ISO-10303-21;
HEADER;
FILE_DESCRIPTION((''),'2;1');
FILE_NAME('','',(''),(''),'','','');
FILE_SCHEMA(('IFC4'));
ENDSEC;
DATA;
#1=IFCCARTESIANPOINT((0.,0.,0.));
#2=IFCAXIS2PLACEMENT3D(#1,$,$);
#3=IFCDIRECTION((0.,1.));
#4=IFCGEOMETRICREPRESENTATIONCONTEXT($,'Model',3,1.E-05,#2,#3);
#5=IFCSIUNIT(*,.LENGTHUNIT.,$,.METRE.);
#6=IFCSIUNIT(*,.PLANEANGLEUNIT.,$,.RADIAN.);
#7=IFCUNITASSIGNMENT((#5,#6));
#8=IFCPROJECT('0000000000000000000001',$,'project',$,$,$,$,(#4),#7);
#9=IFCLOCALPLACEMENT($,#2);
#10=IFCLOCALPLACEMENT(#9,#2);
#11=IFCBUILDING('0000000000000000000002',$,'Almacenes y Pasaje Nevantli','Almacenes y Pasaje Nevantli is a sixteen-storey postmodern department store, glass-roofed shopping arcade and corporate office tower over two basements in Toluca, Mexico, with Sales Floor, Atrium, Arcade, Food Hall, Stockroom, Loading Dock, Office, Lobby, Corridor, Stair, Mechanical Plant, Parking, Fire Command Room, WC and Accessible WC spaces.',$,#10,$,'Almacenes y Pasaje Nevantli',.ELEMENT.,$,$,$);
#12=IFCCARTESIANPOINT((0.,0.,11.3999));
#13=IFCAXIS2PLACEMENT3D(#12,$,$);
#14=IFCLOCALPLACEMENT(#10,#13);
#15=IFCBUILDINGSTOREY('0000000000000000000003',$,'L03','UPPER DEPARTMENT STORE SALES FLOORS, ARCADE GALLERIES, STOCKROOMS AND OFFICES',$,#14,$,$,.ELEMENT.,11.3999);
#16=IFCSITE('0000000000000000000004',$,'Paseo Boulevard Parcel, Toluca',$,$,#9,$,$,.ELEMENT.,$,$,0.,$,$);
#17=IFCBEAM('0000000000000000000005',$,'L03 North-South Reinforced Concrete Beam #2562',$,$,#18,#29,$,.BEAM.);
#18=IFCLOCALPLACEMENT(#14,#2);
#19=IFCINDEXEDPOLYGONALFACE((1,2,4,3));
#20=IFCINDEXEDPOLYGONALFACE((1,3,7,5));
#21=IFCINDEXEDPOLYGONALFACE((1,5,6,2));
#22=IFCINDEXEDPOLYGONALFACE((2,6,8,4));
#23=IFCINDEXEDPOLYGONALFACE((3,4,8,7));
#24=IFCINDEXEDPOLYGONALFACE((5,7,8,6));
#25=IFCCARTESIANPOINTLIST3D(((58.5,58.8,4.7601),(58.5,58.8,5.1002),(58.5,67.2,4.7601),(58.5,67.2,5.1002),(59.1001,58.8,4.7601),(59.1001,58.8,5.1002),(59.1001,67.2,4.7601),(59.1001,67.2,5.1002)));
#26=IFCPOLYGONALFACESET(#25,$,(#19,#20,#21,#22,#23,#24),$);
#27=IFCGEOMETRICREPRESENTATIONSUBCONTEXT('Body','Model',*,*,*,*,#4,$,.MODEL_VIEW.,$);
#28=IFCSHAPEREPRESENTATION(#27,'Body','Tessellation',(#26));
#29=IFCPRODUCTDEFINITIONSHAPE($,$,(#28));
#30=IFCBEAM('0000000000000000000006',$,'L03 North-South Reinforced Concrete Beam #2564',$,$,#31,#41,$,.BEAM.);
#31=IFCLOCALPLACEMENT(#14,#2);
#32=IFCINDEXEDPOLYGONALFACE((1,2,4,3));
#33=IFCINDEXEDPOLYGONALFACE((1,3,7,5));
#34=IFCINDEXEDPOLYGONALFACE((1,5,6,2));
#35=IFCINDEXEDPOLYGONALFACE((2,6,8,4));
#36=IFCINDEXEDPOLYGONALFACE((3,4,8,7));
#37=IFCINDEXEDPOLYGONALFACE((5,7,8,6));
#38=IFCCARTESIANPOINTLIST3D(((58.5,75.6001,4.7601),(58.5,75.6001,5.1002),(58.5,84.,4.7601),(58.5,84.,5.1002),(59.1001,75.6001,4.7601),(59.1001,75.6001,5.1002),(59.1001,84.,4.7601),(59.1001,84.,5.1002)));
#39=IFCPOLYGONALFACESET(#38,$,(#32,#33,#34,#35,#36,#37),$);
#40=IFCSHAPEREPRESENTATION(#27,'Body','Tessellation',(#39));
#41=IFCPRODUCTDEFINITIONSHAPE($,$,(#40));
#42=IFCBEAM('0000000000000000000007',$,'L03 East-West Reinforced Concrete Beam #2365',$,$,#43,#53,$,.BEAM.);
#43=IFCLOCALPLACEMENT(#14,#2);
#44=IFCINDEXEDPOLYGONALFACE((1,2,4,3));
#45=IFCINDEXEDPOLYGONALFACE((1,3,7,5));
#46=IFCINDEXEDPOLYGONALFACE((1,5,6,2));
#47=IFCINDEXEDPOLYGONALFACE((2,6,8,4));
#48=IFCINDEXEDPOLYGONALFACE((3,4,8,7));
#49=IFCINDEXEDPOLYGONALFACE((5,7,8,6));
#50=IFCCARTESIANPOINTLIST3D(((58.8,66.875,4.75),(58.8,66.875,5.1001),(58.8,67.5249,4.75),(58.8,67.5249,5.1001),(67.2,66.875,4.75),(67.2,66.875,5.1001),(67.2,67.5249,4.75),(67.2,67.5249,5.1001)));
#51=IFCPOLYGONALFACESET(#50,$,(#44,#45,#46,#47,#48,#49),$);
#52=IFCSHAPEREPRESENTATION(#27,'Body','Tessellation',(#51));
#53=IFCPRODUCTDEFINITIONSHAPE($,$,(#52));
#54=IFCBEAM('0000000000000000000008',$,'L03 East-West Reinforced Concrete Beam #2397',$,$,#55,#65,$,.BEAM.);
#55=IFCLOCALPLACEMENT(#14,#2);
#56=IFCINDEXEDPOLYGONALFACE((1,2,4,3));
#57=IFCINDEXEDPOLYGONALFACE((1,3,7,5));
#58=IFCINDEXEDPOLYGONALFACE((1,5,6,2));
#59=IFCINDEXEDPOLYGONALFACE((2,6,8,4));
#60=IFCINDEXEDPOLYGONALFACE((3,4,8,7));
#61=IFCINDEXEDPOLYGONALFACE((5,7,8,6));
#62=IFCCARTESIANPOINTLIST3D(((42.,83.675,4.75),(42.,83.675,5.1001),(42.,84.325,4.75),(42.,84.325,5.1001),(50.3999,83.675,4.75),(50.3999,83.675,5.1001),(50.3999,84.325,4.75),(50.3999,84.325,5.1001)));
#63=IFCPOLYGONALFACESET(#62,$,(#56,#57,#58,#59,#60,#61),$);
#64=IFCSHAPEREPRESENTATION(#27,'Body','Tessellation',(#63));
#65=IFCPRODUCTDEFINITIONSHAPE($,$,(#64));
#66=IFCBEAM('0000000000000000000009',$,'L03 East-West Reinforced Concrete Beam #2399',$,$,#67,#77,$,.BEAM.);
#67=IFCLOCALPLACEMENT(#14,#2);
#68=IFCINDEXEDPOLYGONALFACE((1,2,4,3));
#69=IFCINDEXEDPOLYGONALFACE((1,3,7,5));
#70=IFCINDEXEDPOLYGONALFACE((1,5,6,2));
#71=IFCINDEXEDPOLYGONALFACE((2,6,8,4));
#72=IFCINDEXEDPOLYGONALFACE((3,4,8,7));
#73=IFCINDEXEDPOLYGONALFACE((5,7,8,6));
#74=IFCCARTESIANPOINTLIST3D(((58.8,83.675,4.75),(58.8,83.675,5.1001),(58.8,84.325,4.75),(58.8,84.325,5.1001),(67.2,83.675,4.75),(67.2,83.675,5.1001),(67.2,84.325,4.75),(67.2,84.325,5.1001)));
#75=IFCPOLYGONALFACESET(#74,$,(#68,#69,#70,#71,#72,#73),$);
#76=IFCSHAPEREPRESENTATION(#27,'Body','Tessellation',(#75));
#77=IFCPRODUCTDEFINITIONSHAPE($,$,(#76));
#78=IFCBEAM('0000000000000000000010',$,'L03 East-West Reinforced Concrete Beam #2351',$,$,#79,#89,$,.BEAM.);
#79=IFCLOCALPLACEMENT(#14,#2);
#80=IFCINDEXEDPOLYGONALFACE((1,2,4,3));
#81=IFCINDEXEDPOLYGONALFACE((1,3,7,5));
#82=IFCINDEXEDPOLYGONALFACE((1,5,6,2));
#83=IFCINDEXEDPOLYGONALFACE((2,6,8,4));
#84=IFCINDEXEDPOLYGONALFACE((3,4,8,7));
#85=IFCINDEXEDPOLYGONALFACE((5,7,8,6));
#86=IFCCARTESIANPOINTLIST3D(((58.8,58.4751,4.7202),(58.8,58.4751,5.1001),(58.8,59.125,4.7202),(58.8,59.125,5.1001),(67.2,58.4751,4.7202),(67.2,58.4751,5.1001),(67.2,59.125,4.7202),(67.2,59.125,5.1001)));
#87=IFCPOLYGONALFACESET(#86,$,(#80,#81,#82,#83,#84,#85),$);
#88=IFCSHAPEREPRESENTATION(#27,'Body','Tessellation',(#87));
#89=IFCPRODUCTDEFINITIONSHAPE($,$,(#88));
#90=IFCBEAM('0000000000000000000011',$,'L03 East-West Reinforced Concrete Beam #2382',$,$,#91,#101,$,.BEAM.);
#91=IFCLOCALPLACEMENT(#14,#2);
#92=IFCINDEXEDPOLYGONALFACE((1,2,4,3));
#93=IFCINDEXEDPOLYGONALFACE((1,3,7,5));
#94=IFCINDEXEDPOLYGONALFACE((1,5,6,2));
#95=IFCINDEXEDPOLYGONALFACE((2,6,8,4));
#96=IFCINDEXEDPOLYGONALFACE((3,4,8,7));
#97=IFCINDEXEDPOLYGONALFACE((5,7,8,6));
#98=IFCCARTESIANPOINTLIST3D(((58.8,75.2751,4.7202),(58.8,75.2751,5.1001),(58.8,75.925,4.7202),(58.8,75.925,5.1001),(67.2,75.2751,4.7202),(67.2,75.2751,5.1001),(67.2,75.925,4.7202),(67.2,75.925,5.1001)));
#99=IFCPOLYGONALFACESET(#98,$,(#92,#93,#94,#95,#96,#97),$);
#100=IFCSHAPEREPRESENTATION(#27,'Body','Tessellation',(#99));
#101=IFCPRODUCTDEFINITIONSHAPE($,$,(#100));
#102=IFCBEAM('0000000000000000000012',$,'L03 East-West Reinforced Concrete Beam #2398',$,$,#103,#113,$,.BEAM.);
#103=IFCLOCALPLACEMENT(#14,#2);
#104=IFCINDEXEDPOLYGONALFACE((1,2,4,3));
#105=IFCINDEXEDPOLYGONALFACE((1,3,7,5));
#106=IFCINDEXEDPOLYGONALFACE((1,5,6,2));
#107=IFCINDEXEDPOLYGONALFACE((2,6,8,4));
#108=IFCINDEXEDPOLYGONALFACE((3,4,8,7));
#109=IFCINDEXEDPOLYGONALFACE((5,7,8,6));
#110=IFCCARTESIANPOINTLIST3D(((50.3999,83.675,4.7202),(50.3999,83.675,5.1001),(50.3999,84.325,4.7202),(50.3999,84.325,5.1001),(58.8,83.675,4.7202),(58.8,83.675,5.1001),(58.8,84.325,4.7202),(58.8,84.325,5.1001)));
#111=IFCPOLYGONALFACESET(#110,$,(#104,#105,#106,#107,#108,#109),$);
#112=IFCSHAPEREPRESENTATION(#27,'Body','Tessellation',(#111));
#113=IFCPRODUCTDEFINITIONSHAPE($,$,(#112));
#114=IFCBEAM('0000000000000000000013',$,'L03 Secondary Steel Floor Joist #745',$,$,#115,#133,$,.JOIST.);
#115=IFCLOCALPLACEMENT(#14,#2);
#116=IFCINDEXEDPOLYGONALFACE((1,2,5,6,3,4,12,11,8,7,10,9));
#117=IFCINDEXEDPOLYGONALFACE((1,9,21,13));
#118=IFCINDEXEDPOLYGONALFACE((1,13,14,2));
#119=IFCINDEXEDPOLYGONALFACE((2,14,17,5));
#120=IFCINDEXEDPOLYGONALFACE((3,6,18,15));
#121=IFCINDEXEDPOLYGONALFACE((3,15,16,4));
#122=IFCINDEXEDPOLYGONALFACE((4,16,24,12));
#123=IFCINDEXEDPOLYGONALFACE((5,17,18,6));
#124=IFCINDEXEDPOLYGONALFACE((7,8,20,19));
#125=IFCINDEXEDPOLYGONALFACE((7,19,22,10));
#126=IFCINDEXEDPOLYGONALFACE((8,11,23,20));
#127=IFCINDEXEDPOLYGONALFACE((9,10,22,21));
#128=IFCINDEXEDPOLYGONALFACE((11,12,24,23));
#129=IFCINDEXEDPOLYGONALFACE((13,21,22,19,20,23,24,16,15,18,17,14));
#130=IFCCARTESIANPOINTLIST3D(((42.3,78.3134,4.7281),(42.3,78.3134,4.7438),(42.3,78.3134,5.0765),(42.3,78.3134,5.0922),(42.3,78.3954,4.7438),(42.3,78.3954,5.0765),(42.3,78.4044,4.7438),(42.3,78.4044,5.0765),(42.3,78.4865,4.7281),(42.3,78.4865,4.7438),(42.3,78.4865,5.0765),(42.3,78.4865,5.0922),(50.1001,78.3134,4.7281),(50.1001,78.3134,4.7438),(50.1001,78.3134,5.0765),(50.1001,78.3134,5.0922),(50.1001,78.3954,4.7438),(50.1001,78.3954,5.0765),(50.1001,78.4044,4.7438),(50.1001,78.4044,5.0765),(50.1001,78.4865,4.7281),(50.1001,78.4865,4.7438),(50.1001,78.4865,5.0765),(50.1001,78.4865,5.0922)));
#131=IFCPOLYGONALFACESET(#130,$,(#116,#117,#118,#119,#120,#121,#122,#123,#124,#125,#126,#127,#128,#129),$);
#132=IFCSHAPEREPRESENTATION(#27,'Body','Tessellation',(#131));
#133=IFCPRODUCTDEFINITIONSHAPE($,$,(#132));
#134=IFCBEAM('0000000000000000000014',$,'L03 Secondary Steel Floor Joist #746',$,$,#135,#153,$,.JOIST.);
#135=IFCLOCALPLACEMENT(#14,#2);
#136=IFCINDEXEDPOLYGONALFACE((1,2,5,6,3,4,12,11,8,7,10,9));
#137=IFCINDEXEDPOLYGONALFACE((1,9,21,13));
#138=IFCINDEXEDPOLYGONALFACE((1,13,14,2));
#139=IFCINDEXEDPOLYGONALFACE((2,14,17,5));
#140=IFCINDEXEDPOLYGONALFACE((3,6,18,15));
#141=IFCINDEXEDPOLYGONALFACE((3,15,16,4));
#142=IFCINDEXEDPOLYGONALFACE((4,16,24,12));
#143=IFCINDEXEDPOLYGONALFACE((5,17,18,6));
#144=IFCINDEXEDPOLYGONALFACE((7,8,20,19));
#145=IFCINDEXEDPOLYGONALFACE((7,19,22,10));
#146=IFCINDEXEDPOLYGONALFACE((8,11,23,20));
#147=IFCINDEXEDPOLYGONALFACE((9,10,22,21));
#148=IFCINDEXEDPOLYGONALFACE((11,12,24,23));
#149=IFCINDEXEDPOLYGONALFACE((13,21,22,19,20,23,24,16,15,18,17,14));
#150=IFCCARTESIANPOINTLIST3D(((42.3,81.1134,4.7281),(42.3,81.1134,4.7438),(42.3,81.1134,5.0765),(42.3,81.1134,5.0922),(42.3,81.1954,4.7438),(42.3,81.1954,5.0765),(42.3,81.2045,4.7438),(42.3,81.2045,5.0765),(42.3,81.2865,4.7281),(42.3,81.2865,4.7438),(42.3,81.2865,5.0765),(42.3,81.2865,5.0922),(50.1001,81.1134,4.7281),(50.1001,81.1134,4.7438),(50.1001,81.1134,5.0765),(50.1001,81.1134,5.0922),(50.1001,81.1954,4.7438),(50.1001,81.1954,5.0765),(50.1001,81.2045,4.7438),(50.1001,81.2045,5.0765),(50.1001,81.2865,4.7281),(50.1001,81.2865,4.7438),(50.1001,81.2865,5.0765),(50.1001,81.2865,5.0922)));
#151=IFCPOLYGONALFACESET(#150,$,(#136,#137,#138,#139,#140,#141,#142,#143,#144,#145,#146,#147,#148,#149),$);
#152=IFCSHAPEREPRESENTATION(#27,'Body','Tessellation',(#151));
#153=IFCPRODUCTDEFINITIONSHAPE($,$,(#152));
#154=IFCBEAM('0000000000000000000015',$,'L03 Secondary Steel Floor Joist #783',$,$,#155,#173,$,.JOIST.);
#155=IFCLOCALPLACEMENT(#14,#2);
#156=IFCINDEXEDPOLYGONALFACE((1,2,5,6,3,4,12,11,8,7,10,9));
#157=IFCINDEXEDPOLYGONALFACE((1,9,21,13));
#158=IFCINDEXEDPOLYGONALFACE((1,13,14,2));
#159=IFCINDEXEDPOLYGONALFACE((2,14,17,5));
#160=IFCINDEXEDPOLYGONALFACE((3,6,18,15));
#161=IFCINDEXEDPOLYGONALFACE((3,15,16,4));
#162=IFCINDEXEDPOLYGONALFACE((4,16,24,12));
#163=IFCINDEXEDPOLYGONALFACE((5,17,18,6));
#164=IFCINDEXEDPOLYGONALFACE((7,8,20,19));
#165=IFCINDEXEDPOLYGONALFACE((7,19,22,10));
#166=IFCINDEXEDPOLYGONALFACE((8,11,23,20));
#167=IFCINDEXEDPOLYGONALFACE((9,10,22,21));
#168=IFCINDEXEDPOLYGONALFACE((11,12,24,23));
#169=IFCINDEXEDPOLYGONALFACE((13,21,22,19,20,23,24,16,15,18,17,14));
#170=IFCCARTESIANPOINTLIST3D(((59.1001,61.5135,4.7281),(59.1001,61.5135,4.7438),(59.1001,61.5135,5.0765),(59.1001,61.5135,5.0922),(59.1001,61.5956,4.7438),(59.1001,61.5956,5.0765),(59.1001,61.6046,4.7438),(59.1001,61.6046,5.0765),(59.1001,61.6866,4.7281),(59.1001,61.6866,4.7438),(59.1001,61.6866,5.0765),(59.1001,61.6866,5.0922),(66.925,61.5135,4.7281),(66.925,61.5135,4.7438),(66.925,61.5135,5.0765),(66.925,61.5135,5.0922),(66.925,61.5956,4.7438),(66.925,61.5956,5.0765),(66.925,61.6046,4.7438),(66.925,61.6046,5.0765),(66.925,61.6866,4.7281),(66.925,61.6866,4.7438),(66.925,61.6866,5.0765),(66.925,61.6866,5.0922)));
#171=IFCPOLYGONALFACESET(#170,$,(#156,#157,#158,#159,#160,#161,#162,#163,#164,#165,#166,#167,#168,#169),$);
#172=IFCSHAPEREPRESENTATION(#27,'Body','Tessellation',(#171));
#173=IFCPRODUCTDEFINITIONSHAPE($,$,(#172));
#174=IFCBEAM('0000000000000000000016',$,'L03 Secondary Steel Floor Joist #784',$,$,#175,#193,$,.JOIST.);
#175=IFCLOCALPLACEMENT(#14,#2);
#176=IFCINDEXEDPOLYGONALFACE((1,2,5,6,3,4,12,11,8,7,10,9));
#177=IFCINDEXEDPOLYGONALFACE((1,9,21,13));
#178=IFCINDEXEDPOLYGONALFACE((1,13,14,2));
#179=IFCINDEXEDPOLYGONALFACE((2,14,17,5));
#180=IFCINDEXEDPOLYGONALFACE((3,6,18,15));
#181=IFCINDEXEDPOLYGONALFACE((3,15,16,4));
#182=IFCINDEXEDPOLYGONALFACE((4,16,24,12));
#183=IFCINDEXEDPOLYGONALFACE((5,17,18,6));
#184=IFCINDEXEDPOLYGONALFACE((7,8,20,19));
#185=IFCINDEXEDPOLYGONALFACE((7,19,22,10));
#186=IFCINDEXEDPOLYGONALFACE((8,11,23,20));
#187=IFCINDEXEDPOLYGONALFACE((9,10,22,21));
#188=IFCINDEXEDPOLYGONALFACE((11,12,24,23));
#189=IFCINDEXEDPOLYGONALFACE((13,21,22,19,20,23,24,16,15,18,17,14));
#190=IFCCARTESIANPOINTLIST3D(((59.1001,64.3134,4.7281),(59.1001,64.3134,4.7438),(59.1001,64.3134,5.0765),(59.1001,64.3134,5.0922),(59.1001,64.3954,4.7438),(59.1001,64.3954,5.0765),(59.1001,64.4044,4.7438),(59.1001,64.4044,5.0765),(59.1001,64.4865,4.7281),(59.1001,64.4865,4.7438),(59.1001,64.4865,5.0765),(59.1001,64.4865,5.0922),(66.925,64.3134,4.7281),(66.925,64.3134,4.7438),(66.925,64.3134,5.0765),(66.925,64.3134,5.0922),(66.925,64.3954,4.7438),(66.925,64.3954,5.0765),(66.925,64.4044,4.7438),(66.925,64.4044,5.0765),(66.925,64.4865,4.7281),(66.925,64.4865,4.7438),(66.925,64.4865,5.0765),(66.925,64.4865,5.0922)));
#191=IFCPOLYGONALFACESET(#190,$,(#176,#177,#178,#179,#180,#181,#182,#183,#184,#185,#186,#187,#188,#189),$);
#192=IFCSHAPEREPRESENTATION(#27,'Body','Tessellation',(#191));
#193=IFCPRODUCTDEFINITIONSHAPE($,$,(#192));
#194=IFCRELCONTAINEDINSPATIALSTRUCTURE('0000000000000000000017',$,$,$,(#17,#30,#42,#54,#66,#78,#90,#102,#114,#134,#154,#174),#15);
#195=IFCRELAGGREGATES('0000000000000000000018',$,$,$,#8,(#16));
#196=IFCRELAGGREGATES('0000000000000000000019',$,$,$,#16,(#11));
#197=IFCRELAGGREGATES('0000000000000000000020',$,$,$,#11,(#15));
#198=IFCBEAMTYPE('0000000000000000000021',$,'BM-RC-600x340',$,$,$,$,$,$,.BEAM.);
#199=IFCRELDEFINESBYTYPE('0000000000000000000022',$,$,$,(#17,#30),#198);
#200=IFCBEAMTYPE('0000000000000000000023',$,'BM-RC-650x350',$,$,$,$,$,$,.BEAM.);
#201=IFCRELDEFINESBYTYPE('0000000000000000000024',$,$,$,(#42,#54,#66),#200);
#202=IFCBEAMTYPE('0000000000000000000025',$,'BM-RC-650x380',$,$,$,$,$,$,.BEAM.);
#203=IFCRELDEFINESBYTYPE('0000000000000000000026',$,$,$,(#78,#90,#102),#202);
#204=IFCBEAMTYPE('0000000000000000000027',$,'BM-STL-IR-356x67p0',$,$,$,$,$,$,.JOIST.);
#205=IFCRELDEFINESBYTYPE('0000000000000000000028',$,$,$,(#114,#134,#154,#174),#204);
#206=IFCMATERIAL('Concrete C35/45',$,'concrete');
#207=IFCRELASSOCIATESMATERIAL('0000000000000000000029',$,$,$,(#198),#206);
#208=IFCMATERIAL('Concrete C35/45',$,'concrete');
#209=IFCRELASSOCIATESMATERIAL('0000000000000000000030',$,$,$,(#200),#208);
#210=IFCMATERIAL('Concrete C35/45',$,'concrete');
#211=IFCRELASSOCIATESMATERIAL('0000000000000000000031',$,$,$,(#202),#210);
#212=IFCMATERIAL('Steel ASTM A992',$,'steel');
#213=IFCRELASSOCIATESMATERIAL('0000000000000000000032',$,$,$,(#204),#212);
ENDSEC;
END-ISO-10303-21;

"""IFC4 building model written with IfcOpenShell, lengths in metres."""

from ifc_helpers import new_model, si_unit, direction, frame, origin, origin_2d, place, context, subcontext, project, spatial, rectangle, i_section, extrude, material, material_profile, profile_set, type_object, element, save


model = new_model("IFC4")

# Units and contexts
model_context = context("Model", 3, precision=1e-05, world=origin(), true_north=direction((0.0, 1.0)))
body_context = subcontext(model_context, "Body", "Model", "MODEL_VIEW")
ifc_project = project(units=[si_unit("LENGTHUNIT", "METRE"), si_unit("PLANEANGLEUNIT", "RADIAN")], contexts=[model_context])

# Site, building, storey
site_placement = place(None, origin())
site = spatial("IfcSite", under=ifc_project, at=site_placement, Name="Paseo Boulevard Parcel, Toluca", CompositionType="ELEMENT", RefElevation=0.0)
building_placement = place(site_placement, origin())
building = spatial("IfcBuilding", under=site, at=building_placement, Name="Almacenes y Pasaje Nevantli", Description="Almacenes y Pasaje Nevantli is a sixteen-storey postmodern department store, glass-roofed shopping arcade and corporate office tower over two basements in Toluca, Mexico, with Sales Floor, Atrium, Arcade, Food Hall, Stockroom, Loading Dock, Office, Lobby, Corridor, Stair, Mechanical Plant, Parking, Fire Command Room, WC and Accessible WC spaces.", LongName="Almacenes y Pasaje Nevantli", CompositionType="ELEMENT")
storey_placement = place(building_placement, frame((0.0, 0.0, 11.3999)))
storey = spatial("IfcBuildingStorey", under=building, at=storey_placement, Name="L03", Description="UPPER DEPARTMENT STORE SALES FLOORS, ARCADE GALLERIES, STOCKROOMS AND OFFICES", CompositionType="ELEMENT", Elevation=11.3999)

# Beams
ifc_material_1 = material(Name="Concrete C35/45", Category="concrete")
ifc_material_profile_1 = material_profile(ifc_material_1, rectangle(XDim=0.6001, YDim=0.3401, at=origin_2d()), Name="RC-BM-600x340")
ifc_profile_set_1 = profile_set([ifc_material_profile_1], Name="Concrete C35/45")
beam_type_1 = type_object("IfcBeamType", Name="BM-RC-600x340", PredefinedType="BEAM", material=ifc_profile_set_1)
for number, where, z_axis, x_axis, name in (
    (1, (58.8, 58.8, 4.9302), (0.0, 1.0, 0.0), (-1.0, 0.0, 0.0), "L03 North-South Reinforced Concrete Beam #2562"),
    (2, (58.8, 75.6001, 4.9302), (0.0, 1.0, 0.0), (-1.0, 0.0, 0.0), "L03 North-South Reinforced Concrete Beam #2564"),
):
    element("IfcBeam", number, at=place(storey_placement, frame(where, z_axis=z_axis, x_axis=x_axis)), inside=storey, type_object=beam_type_1, Name=name, PredefinedType="BEAM", context=body_context, shape_type="SweptSolid", body=[
        extrude(rectangle(XDim=0.6001, YDim=0.3401, at=origin_2d()), origin(), (0.0, 0.0, 1.0), 8.3999),
    ])
ifc_material_2 = material(Name="Concrete C35/45", Category="concrete")
ifc_material_profile_2 = material_profile(ifc_material_2, rectangle(XDim=0.6499, YDim=0.3501, at=origin_2d()), Name="RC-BM-650x350")
ifc_profile_set_2 = profile_set([ifc_material_profile_2], Name="Concrete C35/45")
beam_type_2 = type_object("IfcBeamType", Name="BM-RC-650x350", PredefinedType="BEAM", material=ifc_profile_set_2)
for number, where, z_axis, x_axis, name in (
    (3, (58.8, 67.2, 4.925), (1.0, 0.0, 0.0), (0.0, 1.0, 0.0), "L03 East-West Reinforced Concrete Beam #2365"),
    (4, (42.0, 84.0, 4.925), (1.0, 0.0, 0.0), (0.0, 1.0, 0.0), "L03 East-West Reinforced Concrete Beam #2397"),
    (5, (58.8, 84.0, 4.925), (1.0, 0.0, 0.0), (0.0, 1.0, 0.0), "L03 East-West Reinforced Concrete Beam #2399"),
):
    element("IfcBeam", number, at=place(storey_placement, frame(where, z_axis=z_axis, x_axis=x_axis)), inside=storey, type_object=beam_type_2, Name=name, PredefinedType="BEAM", context=body_context, shape_type="SweptSolid", body=[
        extrude(rectangle(XDim=0.6499, YDim=0.3501, at=origin_2d()), origin(), (0.0, 0.0, 1.0), 8.3999),
    ])
ifc_material_3 = material(Name="Concrete C35/45", Category="concrete")
ifc_material_profile_3 = material_profile(ifc_material_3, rectangle(XDim=0.6499, YDim=0.3799, at=origin_2d()), Name="RC-BM-650x380")
ifc_profile_set_3 = profile_set([ifc_material_profile_3], Name="Concrete C35/45")
beam_type_3 = type_object("IfcBeamType", Name="BM-RC-650x380", PredefinedType="BEAM", material=ifc_profile_set_3)
for number, where, z_axis, x_axis, name in (
    (6, (58.8, 58.8, 4.9102), (1.0, 0.0, 0.0), (0.0, 1.0, 0.0), "L03 East-West Reinforced Concrete Beam #2351"),
    (7, (58.8, 75.6001, 4.9102), (1.0, 0.0, 0.0), (0.0, 1.0, 0.0), "L03 East-West Reinforced Concrete Beam #2382"),
):
    element("IfcBeam", number, at=place(storey_placement, frame(where, z_axis=z_axis, x_axis=x_axis)), inside=storey, type_object=beam_type_3, Name=name, PredefinedType="BEAM", context=body_context, shape_type="SweptSolid", body=[
        extrude(rectangle(XDim=0.6499, YDim=0.3799, at=origin_2d()), origin(), (0.0, 0.0, 1.0), 8.3999),
    ])
beam_1_placement = place(storey_placement, frame((50.3999, 84.0, 4.9102), z_axis=(1.0, 0.0, 0.0), x_axis=(0.0, 1.0, 0.0)))
element("IfcBeam", 8, at=beam_1_placement, inside=storey, type_object=beam_type_3, Name="L03 East-West Reinforced Concrete Beam #2398", PredefinedType="BEAM", context=body_context, shape_type="SweptSolid", body=[
    extrude(rectangle(XDim=0.6499, YDim=0.3799, at=origin_2d()), origin(), (0.0, 0.0, 1.0), 8.4001),
])
ifc_material_4 = material(Name="Steel ASTM A992", Category="steel")
ifc_material_profile_4 = material_profile(ifc_material_4, i_section(OverallWidth=0.1731, OverallDepth=0.364, WebThickness=0.009, FlangeThickness=0.0156, at=origin_2d()), Name="IR 356x67.0")
ifc_profile_set_4 = profile_set([ifc_material_profile_4], Name="Steel ASTM A992")
beam_type_4 = type_object("IfcBeamType", Name="BM-STL-IR-356x67p0", PredefinedType="JOIST", material=ifc_profile_set_4)
for number, where, z_axis, x_axis, name in (
    (9, (42.3, 78.3999, 4.9102), (1.0, 0.0, 0.0), (0.0, 1.0, 0.0), "L03 Secondary Steel Floor Joist #745"),
    (10, (42.3, 81.2, 4.9102), (1.0, 0.0, 0.0), (0.0, 1.0, 0.0), "L03 Secondary Steel Floor Joist #746"),
):
    element("IfcBeam", number, at=place(storey_placement, frame(where, z_axis=z_axis, x_axis=x_axis)), inside=storey, type_object=beam_type_4, Name=name, PredefinedType="JOIST", context=body_context, shape_type="SweptSolid", body=[
        extrude(i_section(OverallWidth=0.1731, OverallDepth=0.364, WebThickness=0.009, FlangeThickness=0.0156, at=origin_2d()), origin(), (0.0, 0.0, 1.0), 7.8),
    ])
for number, where, z_axis, x_axis, name in (
    (11, (59.1001, 61.6001, 4.9102), (1.0, 0.0, 0.0), (0.0, 1.0, 0.0), "L03 Secondary Steel Floor Joist #783"),
    (12, (59.1001, 64.3999, 4.9102), (1.0, 0.0, 0.0), (0.0, 1.0, 0.0), "L03 Secondary Steel Floor Joist #784"),
):
    element("IfcBeam", number, at=place(storey_placement, frame(where, z_axis=z_axis, x_axis=x_axis)), inside=storey, type_object=beam_type_4, Name=name, PredefinedType="JOIST", context=body_context, shape_type="SweptSolid", body=[
        extrude(i_section(OverallWidth=0.1731, OverallDepth=0.364, WebThickness=0.009, FlangeThickness=0.0156, at=origin_2d()), origin(), (0.0, 0.0, 1.0), 7.825),
    ])

save(model, "model.ifc")
